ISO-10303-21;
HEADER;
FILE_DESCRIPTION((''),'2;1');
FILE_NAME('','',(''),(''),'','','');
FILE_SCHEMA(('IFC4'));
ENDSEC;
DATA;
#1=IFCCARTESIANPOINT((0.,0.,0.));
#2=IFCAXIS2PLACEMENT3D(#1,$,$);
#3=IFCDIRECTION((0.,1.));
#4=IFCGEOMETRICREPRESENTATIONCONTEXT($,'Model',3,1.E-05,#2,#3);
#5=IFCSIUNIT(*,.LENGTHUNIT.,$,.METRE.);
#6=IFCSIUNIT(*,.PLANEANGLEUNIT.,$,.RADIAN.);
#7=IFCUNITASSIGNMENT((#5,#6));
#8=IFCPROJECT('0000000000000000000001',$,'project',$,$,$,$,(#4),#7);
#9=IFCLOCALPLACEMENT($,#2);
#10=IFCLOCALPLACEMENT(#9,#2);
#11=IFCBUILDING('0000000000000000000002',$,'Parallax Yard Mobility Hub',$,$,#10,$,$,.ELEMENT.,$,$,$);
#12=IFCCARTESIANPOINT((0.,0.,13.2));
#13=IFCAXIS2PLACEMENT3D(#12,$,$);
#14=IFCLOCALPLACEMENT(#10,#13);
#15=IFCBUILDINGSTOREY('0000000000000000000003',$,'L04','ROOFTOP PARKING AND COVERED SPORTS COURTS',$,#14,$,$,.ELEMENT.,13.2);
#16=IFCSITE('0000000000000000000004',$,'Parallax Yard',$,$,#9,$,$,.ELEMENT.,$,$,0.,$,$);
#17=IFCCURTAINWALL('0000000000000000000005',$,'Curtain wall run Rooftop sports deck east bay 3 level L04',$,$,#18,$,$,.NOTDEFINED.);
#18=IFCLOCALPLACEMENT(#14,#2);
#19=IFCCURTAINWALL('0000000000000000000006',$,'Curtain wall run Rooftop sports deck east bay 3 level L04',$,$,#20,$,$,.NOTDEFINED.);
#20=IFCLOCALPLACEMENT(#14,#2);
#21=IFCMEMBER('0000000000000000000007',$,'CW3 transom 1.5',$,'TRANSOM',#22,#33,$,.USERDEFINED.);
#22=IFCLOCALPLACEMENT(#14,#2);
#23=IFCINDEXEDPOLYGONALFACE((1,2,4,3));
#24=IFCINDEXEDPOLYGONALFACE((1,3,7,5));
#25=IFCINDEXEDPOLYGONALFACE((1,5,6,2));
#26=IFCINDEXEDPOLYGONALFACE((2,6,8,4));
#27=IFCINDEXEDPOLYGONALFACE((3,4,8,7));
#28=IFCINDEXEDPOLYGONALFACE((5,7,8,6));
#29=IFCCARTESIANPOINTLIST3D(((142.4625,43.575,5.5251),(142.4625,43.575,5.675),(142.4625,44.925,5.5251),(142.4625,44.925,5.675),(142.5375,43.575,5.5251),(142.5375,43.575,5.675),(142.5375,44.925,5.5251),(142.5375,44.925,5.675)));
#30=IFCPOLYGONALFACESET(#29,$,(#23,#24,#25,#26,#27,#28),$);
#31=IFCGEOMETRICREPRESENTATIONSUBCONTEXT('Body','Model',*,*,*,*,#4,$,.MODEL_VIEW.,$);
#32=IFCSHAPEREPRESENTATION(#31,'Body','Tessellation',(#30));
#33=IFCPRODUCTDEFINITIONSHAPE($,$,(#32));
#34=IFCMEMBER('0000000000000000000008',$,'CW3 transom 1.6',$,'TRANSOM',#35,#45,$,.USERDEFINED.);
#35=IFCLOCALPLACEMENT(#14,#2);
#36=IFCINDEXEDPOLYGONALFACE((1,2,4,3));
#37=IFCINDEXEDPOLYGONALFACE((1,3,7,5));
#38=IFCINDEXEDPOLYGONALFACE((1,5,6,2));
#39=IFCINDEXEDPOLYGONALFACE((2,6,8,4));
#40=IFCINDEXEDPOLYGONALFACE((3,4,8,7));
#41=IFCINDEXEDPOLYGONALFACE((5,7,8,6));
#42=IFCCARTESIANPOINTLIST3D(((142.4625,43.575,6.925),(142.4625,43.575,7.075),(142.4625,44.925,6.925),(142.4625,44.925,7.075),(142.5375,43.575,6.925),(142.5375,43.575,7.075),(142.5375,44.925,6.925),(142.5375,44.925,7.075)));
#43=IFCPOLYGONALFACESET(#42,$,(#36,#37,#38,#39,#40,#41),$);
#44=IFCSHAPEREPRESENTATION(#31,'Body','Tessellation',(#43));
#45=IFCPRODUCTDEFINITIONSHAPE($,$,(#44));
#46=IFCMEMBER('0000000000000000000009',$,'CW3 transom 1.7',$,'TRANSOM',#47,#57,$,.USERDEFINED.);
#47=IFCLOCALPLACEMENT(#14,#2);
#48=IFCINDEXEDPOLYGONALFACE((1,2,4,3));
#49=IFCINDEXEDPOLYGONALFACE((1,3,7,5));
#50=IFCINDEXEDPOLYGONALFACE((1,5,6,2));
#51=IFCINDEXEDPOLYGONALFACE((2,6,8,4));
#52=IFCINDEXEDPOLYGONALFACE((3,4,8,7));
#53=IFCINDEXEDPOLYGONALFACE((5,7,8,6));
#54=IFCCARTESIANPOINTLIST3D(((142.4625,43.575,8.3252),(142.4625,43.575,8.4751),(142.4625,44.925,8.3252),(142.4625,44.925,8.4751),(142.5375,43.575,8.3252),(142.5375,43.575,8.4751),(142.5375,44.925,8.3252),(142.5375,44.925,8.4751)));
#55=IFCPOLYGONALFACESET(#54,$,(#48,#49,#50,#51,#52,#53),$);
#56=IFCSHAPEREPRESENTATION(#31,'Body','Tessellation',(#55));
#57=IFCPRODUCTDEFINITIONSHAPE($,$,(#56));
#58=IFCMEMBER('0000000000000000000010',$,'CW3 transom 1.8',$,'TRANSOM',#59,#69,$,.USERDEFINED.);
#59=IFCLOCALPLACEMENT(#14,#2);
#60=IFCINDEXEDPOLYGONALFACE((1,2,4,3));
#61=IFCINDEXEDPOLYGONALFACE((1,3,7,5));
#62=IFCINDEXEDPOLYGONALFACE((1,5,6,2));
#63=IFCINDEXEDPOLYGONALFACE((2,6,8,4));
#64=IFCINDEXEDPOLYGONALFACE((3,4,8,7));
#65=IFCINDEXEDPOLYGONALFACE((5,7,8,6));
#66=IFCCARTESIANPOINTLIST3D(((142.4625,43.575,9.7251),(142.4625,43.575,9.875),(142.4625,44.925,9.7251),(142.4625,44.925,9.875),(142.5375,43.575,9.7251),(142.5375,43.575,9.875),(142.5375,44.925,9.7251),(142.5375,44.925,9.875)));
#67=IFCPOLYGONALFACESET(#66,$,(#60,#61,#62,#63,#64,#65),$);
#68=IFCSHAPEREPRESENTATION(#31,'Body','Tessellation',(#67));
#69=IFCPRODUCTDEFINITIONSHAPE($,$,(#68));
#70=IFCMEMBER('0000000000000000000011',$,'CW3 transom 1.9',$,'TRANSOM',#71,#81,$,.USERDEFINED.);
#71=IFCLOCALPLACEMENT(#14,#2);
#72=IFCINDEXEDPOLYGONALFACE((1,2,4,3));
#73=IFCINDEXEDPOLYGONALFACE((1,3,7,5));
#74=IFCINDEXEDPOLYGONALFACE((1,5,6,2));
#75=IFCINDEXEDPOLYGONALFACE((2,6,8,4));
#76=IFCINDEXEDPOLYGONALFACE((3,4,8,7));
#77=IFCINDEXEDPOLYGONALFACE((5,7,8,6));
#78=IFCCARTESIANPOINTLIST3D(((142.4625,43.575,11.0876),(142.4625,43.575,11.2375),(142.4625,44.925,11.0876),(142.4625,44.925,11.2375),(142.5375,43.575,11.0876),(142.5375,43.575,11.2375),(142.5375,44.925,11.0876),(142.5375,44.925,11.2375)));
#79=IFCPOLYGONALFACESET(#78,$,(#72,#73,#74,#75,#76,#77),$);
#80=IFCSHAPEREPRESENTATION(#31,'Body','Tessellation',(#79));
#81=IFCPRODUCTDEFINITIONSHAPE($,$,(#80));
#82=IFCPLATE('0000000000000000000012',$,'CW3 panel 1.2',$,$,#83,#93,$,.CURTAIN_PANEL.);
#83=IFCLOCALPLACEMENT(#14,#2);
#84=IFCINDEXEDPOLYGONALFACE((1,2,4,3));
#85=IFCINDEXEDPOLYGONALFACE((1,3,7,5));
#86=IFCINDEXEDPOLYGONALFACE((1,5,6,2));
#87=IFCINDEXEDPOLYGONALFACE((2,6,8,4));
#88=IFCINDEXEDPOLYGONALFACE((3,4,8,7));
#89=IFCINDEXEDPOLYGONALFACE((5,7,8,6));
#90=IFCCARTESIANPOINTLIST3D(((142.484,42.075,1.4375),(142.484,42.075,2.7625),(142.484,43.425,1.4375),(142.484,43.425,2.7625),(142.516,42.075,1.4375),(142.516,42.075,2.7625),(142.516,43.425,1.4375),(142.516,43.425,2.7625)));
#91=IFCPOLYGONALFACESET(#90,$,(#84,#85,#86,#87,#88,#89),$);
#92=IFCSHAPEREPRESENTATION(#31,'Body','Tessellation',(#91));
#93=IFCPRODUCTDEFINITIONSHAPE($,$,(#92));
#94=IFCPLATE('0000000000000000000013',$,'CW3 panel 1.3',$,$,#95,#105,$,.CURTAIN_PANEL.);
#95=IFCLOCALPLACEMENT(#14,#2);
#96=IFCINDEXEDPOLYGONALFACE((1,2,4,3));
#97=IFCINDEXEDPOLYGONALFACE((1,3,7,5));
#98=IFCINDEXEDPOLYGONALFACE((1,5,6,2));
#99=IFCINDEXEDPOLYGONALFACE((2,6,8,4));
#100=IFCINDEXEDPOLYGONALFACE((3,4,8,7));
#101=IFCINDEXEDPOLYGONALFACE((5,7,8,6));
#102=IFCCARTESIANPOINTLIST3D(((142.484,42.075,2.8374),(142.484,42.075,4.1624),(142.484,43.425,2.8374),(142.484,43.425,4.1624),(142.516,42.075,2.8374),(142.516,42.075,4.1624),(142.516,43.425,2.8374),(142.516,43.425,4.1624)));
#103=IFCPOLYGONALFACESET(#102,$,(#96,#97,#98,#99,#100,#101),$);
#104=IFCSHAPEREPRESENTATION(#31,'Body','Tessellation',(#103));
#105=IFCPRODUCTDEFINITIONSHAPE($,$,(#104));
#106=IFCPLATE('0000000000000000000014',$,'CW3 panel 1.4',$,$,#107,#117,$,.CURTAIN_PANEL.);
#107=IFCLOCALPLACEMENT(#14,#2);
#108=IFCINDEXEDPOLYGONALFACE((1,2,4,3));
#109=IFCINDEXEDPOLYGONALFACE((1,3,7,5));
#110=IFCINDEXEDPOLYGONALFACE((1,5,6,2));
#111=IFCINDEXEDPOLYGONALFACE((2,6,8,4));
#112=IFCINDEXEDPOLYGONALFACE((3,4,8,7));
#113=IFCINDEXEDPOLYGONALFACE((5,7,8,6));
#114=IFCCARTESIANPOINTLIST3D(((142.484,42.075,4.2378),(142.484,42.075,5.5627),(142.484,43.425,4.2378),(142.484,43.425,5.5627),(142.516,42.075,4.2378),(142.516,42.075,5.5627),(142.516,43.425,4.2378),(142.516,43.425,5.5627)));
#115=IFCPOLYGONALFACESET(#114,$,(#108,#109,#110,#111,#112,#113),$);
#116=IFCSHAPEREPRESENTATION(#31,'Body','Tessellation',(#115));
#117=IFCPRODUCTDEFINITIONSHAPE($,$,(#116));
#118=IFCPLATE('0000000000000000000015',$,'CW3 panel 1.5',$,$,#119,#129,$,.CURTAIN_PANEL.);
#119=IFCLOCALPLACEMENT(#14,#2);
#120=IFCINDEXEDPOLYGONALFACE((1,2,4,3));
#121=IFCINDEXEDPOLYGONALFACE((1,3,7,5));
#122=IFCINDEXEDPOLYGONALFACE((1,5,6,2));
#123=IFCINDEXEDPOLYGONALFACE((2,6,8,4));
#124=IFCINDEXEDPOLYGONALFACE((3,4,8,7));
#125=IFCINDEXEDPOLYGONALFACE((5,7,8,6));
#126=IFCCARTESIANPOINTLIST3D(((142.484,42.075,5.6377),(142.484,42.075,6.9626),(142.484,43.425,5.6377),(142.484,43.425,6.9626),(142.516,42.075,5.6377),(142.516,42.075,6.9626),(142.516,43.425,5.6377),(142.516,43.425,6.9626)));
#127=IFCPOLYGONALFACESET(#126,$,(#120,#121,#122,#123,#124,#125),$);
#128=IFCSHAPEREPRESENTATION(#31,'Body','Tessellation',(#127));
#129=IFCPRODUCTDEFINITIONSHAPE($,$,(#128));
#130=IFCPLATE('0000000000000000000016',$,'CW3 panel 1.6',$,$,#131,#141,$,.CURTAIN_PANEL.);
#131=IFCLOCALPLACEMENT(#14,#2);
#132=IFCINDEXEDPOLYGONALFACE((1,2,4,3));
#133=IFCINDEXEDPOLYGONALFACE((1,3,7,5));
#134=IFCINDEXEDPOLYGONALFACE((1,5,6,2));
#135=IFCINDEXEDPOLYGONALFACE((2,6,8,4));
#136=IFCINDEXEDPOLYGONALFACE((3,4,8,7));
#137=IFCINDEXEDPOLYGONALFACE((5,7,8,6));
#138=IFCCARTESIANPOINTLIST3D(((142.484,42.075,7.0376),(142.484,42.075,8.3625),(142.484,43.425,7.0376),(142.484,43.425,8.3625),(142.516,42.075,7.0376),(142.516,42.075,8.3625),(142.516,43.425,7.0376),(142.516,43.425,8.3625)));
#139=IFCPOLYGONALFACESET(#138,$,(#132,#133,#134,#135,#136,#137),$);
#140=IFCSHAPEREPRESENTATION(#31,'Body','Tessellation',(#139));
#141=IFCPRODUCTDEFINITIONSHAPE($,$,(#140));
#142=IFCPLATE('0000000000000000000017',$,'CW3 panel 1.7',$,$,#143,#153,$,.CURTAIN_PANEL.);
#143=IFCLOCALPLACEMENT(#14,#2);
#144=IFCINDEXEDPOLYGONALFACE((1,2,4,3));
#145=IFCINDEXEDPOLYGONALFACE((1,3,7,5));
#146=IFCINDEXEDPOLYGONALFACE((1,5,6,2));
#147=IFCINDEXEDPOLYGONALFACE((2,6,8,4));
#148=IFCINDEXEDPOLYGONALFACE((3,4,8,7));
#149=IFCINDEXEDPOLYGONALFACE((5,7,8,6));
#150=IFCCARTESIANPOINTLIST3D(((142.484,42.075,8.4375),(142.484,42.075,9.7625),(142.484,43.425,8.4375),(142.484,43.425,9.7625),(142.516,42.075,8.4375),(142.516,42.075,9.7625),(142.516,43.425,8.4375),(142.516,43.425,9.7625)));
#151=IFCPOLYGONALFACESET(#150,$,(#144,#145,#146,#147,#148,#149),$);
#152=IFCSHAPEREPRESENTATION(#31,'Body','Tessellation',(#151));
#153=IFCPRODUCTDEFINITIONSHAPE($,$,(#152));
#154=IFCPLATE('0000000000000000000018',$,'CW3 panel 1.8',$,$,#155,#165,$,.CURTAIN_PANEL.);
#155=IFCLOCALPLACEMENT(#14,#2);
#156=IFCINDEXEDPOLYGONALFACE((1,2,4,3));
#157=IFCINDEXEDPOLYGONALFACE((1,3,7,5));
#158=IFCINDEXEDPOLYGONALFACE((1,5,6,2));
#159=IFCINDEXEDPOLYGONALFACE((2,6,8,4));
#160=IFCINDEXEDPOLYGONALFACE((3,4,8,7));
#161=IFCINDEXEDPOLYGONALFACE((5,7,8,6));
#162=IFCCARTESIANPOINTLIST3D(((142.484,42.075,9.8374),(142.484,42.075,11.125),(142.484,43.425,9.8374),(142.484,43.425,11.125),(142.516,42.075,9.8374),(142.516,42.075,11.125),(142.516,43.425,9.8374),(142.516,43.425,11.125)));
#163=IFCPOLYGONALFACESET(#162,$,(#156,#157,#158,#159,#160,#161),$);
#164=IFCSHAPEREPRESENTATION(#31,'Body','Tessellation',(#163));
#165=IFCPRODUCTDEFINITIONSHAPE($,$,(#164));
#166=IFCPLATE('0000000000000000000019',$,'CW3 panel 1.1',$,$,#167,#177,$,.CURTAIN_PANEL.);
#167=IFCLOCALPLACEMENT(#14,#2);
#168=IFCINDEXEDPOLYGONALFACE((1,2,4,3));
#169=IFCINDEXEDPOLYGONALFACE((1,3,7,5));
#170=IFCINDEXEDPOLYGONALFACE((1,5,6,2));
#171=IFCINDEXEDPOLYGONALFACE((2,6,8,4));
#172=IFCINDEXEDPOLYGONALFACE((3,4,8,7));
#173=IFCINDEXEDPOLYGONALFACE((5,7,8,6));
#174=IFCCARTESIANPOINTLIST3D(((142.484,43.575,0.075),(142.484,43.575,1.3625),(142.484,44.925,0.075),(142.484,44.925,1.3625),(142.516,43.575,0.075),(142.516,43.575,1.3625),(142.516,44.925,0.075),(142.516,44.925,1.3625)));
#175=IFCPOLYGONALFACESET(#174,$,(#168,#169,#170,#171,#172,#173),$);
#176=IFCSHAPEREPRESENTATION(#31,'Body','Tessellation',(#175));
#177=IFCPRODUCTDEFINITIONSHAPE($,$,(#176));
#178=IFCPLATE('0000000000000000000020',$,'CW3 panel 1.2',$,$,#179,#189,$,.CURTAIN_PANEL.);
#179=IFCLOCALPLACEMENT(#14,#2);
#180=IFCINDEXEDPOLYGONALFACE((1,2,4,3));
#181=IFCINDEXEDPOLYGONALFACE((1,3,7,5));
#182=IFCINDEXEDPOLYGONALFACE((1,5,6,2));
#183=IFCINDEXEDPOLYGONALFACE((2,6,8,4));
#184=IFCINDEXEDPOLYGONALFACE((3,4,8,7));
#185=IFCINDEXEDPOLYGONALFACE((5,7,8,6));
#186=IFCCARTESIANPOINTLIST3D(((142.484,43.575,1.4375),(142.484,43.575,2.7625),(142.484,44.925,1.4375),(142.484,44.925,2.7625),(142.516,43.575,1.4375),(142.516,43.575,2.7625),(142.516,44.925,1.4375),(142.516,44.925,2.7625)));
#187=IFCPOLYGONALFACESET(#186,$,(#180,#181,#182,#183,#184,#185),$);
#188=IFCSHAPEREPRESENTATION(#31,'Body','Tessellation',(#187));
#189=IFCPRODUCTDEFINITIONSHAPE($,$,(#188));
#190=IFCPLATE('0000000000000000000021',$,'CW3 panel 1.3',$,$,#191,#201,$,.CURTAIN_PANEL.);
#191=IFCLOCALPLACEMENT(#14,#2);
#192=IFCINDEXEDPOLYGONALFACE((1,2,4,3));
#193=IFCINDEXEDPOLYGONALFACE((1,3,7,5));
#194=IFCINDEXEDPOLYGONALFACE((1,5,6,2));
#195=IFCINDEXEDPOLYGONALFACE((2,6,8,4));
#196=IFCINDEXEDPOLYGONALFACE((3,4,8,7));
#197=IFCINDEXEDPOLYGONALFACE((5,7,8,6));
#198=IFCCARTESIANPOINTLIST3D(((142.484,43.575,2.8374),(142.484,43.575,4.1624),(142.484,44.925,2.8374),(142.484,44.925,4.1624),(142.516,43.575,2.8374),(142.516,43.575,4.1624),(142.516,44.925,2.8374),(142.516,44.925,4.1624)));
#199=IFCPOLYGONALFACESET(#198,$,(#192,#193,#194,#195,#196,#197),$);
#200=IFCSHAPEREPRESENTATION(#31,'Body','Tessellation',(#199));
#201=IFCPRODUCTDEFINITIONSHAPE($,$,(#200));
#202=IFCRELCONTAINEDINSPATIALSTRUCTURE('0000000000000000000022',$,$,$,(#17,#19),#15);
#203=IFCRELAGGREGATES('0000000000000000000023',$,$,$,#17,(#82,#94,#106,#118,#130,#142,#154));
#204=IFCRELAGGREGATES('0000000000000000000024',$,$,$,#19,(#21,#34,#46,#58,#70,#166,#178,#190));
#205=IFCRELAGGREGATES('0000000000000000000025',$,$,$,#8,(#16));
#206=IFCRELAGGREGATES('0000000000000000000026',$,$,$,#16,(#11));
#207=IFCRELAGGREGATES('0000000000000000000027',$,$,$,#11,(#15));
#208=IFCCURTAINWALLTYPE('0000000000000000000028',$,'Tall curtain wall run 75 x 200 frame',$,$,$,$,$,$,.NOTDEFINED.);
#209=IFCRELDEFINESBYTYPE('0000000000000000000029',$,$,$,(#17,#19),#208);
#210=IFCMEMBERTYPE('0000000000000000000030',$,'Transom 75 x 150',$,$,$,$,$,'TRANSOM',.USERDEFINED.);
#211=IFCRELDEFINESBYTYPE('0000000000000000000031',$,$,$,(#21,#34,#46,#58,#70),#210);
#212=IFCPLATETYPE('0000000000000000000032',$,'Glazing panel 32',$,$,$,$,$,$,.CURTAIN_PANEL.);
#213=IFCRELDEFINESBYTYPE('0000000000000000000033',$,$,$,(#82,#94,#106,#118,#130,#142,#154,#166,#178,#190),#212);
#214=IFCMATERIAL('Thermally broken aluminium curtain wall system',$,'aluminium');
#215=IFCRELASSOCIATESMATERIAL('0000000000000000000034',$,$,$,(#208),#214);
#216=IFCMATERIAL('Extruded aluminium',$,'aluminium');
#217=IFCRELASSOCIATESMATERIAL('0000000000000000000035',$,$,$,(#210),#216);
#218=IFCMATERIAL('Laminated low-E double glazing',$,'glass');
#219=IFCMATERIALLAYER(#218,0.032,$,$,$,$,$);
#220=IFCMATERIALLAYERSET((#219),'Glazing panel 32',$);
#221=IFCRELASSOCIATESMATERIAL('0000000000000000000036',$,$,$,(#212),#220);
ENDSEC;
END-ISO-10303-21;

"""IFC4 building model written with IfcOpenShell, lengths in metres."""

from ifc_helpers import new_model, si_unit, direction, frame, origin, origin_2d, place, context, subcontext, project, spatial, rectangle, extrude, material, layer, layer_set, material_profile, profile_set, type_object, element, aggregate, save


model = new_model("IFC4")

# Units and contexts
model_context = context("Model", 3, precision=1e-05, world=origin(), true_north=direction((0.0, 1.0)))
body_context = subcontext(model_context, "Body", "Model", "MODEL_VIEW")
ifc_project = project(units=[si_unit("LENGTHUNIT", "METRE"), si_unit("PLANEANGLEUNIT", "RADIAN")], contexts=[model_context])

# Site, building, storey
site_placement = place(None, origin())
site = spatial("IfcSite", under=ifc_project, at=site_placement, Name="Parallax Yard", CompositionType="ELEMENT", RefElevation=0.0)
building_placement = place(site_placement, origin())
building = spatial("IfcBuilding", under=site, at=building_placement, Name="Parallax Yard Mobility Hub", CompositionType="ELEMENT")
storey_placement = place(building_placement, frame((0.0, 0.0, 13.2)))
storey = spatial("IfcBuildingStorey", under=building, at=storey_placement, Name="L04", Description="ROOFTOP PARKING AND COVERED SPORTS COURTS", CompositionType="ELEMENT", Elevation=13.2)

# Curtain wall
ifc_material_1 = material(Name="Thermally broken aluminium curtain wall system", Category="aluminium")
curtain_wall_type = type_object("IfcCurtainWallType", Name="Tall curtain wall run 75 x 200 frame", PredefinedType="NOTDEFINED", material=ifc_material_1)
curtain_wall_1_placement = place(storey_placement, origin())
curtain_wall_1 = element("IfcCurtainWall", 1, at=curtain_wall_1_placement, inside=storey, type_object=curtain_wall_type, Name="Curtain wall run Rooftop sports deck east bay 3 level L04", PredefinedType="NOTDEFINED")
ifc_material_2 = material(Name="Extruded aluminium", Category="aluminium")

# Curtain wall
curtain_wall_2_placement = place(storey_placement, origin())
curtain_wall_2 = element("IfcCurtainWall", 2, at=curtain_wall_2_placement, inside=storey, type_object=curtain_wall_type, Name="Curtain wall run Rooftop sports deck east bay 3 level L04", PredefinedType="NOTDEFINED")

# Members
ifc_material_profile_1 = material_profile(ifc_material_2, rectangle(XDim=0.075, YDim=0.1499, at=origin_2d()), Name="Transom 75 x 150")
ifc_profile_set_1 = profile_set([ifc_material_profile_1], Name="Extruded aluminium")
member_type_1 = type_object("IfcMemberType", Name="Transom 75 x 150", ElementType="TRANSOM", PredefinedType="USERDEFINED", material=ifc_profile_set_1)
member_1_placement = place(storey_placement, frame((142.5, 43.575, 5.6001), z_axis=(0.0, 1.0, 0.0), x_axis=(-1.0, 0.0, 0.0)))
member_1 = element("IfcMember", 3, at=member_1_placement, type_object=member_type_1, Name="CW3 transom 1.5", ObjectType="TRANSOM", PredefinedType="USERDEFINED", context=body_context, shape_type="SweptSolid", body=[
    extrude(rectangle(XDim=0.075, YDim=0.1499, at=origin_2d()), origin(), (0.0, 0.0, 1.0), 1.3501),
])
member_2_placement = place(storey_placement, frame((142.5, 43.575, 7.0), z_axis=(0.0, 1.0, 0.0), x_axis=(-1.0, 0.0, 0.0)))
member_2 = element("IfcMember", 4, at=member_2_placement, type_object=member_type_1, Name="CW3 transom 1.6", ObjectType="TRANSOM", PredefinedType="USERDEFINED", context=body_context, shape_type="SweptSolid", body=[
    extrude(rectangle(XDim=0.075, YDim=0.1499, at=origin_2d()), origin(), (0.0, 0.0, 1.0), 1.3501),
])
member_3_placement = place(storey_placement, frame((142.5, 43.575, 8.4001), z_axis=(0.0, 1.0, 0.0), x_axis=(-1.0, 0.0, 0.0)))
member_3 = element("IfcMember", 5, at=member_3_placement, type_object=member_type_1, Name="CW3 transom 1.7", ObjectType="TRANSOM", PredefinedType="USERDEFINED", context=body_context, shape_type="SweptSolid", body=[
    extrude(rectangle(XDim=0.075, YDim=0.1499, at=origin_2d()), origin(), (0.0, 0.0, 1.0), 1.3501),
])
member_4_placement = place(storey_placement, frame((142.5, 43.575, 9.8), z_axis=(0.0, 1.0, 0.0), x_axis=(-1.0, 0.0, 0.0)))
member_4 = element("IfcMember", 6, at=member_4_placement, type_object=member_type_1, Name="CW3 transom 1.8", ObjectType="TRANSOM", PredefinedType="USERDEFINED", context=body_context, shape_type="SweptSolid", body=[
    extrude(rectangle(XDim=0.075, YDim=0.1499, at=origin_2d()), origin(), (0.0, 0.0, 1.0), 1.3501),
])
member_5_placement = place(storey_placement, frame((142.5, 43.575, 11.1626), z_axis=(0.0, 1.0, 0.0), x_axis=(-1.0, 0.0, 0.0)))
member_5 = element("IfcMember", 7, at=member_5_placement, type_object=member_type_1, Name="CW3 transom 1.9", ObjectType="TRANSOM", PredefinedType="USERDEFINED", context=body_context, shape_type="SweptSolid", body=[
    extrude(rectangle(XDim=0.075, YDim=0.1499, at=origin_2d()), origin(), (0.0, 0.0, 1.0), 1.3501),
])

# Plates
ifc_material_3 = material(Name="Laminated low-E double glazing", Category="glass")
ifc_layer_1 = layer(ifc_material_3, 0.032)
ifc_layer_set_1 = layer_set([ifc_layer_1], Name="Glazing panel 32")
plate_type = type_object("IfcPlateType", Name="Glazing panel 32", PredefinedType="CURTAIN_PANEL", material=ifc_layer_set_1)
plate_1_placement = place(storey_placement, frame((142.5, 42.75, 1.4375), z_axis=(0.0, 0.0, 1.0), x_axis=(0.0, 1.0, 0.0)))
plate_1 = element("IfcPlate", 8, at=plate_1_placement, type_object=plate_type, Name="CW3 panel 1.2", PredefinedType="CURTAIN_PANEL", context=body_context, shape_type="SweptSolid", body=[
    extrude(rectangle(XDim=1.3501, YDim=0.032, at=origin_2d()), origin(), (0.0, 0.0, 1.0), 1.325),
])
plate_2_placement = place(storey_placement, frame((142.5, 42.75, 2.8374), z_axis=(0.0, 0.0, 1.0), x_axis=(0.0, 1.0, 0.0)))
plate_2 = element("IfcPlate", 9, at=plate_2_placement, type_object=plate_type, Name="CW3 panel 1.3", PredefinedType="CURTAIN_PANEL", context=body_context, shape_type="SweptSolid", body=[
    extrude(rectangle(XDim=1.3501, YDim=0.032, at=origin_2d()), origin(), (0.0, 0.0, 1.0), 1.325),
])
plate_3_placement = place(storey_placement, frame((142.5, 42.75, 4.2378), z_axis=(0.0, 0.0, 1.0), x_axis=(0.0, 1.0, 0.0)))
plate_3 = element("IfcPlate", 10, at=plate_3_placement, type_object=plate_type, Name="CW3 panel 1.4", PredefinedType="CURTAIN_PANEL", context=body_context, shape_type="SweptSolid", body=[
    extrude(rectangle(XDim=1.3501, YDim=0.032, at=origin_2d()), origin(), (0.0, 0.0, 1.0), 1.325),
])
plate_4_placement = place(storey_placement, frame((142.5, 42.75, 5.6377), z_axis=(0.0, 0.0, 1.0), x_axis=(0.0, 1.0, 0.0)))
plate_4 = element("IfcPlate", 11, at=plate_4_placement, type_object=plate_type, Name="CW3 panel 1.5", PredefinedType="CURTAIN_PANEL", context=body_context, shape_type="SweptSolid", body=[
    extrude(rectangle(XDim=1.3501, YDim=0.032, at=origin_2d()), origin(), (0.0, 0.0, 1.0), 1.325),
])
plate_5_placement = place(storey_placement, frame((142.5, 42.75, 7.0376), z_axis=(0.0, 0.0, 1.0), x_axis=(0.0, 1.0, 0.0)))
plate_5 = element("IfcPlate", 12, at=plate_5_placement, type_object=plate_type, Name="CW3 panel 1.6", PredefinedType="CURTAIN_PANEL", context=body_context, shape_type="SweptSolid", body=[
    extrude(rectangle(XDim=1.3501, YDim=0.032, at=origin_2d()), origin(), (0.0, 0.0, 1.0), 1.325),
])
plate_6_placement = place(storey_placement, frame((142.5, 42.75, 8.4375), z_axis=(0.0, 0.0, 1.0), x_axis=(0.0, 1.0, 0.0)))
plate_6 = element("IfcPlate", 13, at=plate_6_placement, type_object=plate_type, Name="CW3 panel 1.7", PredefinedType="CURTAIN_PANEL", context=body_context, shape_type="SweptSolid", body=[
    extrude(rectangle(XDim=1.3501, YDim=0.032, at=origin_2d()), origin(), (0.0, 0.0, 1.0), 1.325),
])
plate_7_placement = place(storey_placement, frame((142.5, 42.75, 9.8374), z_axis=(0.0, 0.0, 1.0), x_axis=(0.0, 1.0, 0.0)))
plate_7 = element("IfcPlate", 14, at=plate_7_placement, type_object=plate_type, Name="CW3 panel 1.8", PredefinedType="CURTAIN_PANEL", context=body_context, shape_type="SweptSolid", body=[
    extrude(rectangle(XDim=1.3501, YDim=0.032, at=origin_2d()), origin(), (0.0, 0.0, 1.0), 1.2876),
])
aggregate(curtain_wall_1, [plate_1, plate_2, plate_3, plate_4, plate_5, plate_6, plate_7])
plate_8_placement = place(storey_placement, frame((142.5, 44.25, 0.075), z_axis=(0.0, 0.0, 1.0), x_axis=(0.0, 1.0, 0.0)))
plate_8 = element("IfcPlate", 15, at=plate_8_placement, type_object=plate_type, Name="CW3 panel 1.1", PredefinedType="CURTAIN_PANEL", context=body_context, shape_type="SweptSolid", body=[
    extrude(rectangle(XDim=1.3501, YDim=0.032, at=origin_2d()), origin(), (0.0, 0.0, 1.0), 1.2876),
])
plate_9_placement = place(storey_placement, frame((142.5, 44.25, 1.4375), z_axis=(0.0, 0.0, 1.0), x_axis=(0.0, 1.0, 0.0)))
plate_9 = element("IfcPlate", 16, at=plate_9_placement, type_object=plate_type, Name="CW3 panel 1.2", PredefinedType="CURTAIN_PANEL", context=body_context, shape_type="SweptSolid", body=[
    extrude(rectangle(XDim=1.3501, YDim=0.032, at=origin_2d()), origin(), (0.0, 0.0, 1.0), 1.325),
])
plate_10_placement = place(storey_placement, frame((142.5, 44.25, 2.8374), z_axis=(0.0, 0.0, 1.0), x_axis=(0.0, 1.0, 0.0)))
plate_10 = element("IfcPlate", 17, at=plate_10_placement, type_object=plate_type, Name="CW3 panel 1.3", PredefinedType="CURTAIN_PANEL", context=body_context, shape_type="SweptSolid", body=[
    extrude(rectangle(XDim=1.3501, YDim=0.032, at=origin_2d()), origin(), (0.0, 0.0, 1.0), 1.325),
])
aggregate(curtain_wall_2, [member_1, member_2, member_3, member_4, member_5, plate_8, plate_9, plate_10])

save(model, "model.ifc")
